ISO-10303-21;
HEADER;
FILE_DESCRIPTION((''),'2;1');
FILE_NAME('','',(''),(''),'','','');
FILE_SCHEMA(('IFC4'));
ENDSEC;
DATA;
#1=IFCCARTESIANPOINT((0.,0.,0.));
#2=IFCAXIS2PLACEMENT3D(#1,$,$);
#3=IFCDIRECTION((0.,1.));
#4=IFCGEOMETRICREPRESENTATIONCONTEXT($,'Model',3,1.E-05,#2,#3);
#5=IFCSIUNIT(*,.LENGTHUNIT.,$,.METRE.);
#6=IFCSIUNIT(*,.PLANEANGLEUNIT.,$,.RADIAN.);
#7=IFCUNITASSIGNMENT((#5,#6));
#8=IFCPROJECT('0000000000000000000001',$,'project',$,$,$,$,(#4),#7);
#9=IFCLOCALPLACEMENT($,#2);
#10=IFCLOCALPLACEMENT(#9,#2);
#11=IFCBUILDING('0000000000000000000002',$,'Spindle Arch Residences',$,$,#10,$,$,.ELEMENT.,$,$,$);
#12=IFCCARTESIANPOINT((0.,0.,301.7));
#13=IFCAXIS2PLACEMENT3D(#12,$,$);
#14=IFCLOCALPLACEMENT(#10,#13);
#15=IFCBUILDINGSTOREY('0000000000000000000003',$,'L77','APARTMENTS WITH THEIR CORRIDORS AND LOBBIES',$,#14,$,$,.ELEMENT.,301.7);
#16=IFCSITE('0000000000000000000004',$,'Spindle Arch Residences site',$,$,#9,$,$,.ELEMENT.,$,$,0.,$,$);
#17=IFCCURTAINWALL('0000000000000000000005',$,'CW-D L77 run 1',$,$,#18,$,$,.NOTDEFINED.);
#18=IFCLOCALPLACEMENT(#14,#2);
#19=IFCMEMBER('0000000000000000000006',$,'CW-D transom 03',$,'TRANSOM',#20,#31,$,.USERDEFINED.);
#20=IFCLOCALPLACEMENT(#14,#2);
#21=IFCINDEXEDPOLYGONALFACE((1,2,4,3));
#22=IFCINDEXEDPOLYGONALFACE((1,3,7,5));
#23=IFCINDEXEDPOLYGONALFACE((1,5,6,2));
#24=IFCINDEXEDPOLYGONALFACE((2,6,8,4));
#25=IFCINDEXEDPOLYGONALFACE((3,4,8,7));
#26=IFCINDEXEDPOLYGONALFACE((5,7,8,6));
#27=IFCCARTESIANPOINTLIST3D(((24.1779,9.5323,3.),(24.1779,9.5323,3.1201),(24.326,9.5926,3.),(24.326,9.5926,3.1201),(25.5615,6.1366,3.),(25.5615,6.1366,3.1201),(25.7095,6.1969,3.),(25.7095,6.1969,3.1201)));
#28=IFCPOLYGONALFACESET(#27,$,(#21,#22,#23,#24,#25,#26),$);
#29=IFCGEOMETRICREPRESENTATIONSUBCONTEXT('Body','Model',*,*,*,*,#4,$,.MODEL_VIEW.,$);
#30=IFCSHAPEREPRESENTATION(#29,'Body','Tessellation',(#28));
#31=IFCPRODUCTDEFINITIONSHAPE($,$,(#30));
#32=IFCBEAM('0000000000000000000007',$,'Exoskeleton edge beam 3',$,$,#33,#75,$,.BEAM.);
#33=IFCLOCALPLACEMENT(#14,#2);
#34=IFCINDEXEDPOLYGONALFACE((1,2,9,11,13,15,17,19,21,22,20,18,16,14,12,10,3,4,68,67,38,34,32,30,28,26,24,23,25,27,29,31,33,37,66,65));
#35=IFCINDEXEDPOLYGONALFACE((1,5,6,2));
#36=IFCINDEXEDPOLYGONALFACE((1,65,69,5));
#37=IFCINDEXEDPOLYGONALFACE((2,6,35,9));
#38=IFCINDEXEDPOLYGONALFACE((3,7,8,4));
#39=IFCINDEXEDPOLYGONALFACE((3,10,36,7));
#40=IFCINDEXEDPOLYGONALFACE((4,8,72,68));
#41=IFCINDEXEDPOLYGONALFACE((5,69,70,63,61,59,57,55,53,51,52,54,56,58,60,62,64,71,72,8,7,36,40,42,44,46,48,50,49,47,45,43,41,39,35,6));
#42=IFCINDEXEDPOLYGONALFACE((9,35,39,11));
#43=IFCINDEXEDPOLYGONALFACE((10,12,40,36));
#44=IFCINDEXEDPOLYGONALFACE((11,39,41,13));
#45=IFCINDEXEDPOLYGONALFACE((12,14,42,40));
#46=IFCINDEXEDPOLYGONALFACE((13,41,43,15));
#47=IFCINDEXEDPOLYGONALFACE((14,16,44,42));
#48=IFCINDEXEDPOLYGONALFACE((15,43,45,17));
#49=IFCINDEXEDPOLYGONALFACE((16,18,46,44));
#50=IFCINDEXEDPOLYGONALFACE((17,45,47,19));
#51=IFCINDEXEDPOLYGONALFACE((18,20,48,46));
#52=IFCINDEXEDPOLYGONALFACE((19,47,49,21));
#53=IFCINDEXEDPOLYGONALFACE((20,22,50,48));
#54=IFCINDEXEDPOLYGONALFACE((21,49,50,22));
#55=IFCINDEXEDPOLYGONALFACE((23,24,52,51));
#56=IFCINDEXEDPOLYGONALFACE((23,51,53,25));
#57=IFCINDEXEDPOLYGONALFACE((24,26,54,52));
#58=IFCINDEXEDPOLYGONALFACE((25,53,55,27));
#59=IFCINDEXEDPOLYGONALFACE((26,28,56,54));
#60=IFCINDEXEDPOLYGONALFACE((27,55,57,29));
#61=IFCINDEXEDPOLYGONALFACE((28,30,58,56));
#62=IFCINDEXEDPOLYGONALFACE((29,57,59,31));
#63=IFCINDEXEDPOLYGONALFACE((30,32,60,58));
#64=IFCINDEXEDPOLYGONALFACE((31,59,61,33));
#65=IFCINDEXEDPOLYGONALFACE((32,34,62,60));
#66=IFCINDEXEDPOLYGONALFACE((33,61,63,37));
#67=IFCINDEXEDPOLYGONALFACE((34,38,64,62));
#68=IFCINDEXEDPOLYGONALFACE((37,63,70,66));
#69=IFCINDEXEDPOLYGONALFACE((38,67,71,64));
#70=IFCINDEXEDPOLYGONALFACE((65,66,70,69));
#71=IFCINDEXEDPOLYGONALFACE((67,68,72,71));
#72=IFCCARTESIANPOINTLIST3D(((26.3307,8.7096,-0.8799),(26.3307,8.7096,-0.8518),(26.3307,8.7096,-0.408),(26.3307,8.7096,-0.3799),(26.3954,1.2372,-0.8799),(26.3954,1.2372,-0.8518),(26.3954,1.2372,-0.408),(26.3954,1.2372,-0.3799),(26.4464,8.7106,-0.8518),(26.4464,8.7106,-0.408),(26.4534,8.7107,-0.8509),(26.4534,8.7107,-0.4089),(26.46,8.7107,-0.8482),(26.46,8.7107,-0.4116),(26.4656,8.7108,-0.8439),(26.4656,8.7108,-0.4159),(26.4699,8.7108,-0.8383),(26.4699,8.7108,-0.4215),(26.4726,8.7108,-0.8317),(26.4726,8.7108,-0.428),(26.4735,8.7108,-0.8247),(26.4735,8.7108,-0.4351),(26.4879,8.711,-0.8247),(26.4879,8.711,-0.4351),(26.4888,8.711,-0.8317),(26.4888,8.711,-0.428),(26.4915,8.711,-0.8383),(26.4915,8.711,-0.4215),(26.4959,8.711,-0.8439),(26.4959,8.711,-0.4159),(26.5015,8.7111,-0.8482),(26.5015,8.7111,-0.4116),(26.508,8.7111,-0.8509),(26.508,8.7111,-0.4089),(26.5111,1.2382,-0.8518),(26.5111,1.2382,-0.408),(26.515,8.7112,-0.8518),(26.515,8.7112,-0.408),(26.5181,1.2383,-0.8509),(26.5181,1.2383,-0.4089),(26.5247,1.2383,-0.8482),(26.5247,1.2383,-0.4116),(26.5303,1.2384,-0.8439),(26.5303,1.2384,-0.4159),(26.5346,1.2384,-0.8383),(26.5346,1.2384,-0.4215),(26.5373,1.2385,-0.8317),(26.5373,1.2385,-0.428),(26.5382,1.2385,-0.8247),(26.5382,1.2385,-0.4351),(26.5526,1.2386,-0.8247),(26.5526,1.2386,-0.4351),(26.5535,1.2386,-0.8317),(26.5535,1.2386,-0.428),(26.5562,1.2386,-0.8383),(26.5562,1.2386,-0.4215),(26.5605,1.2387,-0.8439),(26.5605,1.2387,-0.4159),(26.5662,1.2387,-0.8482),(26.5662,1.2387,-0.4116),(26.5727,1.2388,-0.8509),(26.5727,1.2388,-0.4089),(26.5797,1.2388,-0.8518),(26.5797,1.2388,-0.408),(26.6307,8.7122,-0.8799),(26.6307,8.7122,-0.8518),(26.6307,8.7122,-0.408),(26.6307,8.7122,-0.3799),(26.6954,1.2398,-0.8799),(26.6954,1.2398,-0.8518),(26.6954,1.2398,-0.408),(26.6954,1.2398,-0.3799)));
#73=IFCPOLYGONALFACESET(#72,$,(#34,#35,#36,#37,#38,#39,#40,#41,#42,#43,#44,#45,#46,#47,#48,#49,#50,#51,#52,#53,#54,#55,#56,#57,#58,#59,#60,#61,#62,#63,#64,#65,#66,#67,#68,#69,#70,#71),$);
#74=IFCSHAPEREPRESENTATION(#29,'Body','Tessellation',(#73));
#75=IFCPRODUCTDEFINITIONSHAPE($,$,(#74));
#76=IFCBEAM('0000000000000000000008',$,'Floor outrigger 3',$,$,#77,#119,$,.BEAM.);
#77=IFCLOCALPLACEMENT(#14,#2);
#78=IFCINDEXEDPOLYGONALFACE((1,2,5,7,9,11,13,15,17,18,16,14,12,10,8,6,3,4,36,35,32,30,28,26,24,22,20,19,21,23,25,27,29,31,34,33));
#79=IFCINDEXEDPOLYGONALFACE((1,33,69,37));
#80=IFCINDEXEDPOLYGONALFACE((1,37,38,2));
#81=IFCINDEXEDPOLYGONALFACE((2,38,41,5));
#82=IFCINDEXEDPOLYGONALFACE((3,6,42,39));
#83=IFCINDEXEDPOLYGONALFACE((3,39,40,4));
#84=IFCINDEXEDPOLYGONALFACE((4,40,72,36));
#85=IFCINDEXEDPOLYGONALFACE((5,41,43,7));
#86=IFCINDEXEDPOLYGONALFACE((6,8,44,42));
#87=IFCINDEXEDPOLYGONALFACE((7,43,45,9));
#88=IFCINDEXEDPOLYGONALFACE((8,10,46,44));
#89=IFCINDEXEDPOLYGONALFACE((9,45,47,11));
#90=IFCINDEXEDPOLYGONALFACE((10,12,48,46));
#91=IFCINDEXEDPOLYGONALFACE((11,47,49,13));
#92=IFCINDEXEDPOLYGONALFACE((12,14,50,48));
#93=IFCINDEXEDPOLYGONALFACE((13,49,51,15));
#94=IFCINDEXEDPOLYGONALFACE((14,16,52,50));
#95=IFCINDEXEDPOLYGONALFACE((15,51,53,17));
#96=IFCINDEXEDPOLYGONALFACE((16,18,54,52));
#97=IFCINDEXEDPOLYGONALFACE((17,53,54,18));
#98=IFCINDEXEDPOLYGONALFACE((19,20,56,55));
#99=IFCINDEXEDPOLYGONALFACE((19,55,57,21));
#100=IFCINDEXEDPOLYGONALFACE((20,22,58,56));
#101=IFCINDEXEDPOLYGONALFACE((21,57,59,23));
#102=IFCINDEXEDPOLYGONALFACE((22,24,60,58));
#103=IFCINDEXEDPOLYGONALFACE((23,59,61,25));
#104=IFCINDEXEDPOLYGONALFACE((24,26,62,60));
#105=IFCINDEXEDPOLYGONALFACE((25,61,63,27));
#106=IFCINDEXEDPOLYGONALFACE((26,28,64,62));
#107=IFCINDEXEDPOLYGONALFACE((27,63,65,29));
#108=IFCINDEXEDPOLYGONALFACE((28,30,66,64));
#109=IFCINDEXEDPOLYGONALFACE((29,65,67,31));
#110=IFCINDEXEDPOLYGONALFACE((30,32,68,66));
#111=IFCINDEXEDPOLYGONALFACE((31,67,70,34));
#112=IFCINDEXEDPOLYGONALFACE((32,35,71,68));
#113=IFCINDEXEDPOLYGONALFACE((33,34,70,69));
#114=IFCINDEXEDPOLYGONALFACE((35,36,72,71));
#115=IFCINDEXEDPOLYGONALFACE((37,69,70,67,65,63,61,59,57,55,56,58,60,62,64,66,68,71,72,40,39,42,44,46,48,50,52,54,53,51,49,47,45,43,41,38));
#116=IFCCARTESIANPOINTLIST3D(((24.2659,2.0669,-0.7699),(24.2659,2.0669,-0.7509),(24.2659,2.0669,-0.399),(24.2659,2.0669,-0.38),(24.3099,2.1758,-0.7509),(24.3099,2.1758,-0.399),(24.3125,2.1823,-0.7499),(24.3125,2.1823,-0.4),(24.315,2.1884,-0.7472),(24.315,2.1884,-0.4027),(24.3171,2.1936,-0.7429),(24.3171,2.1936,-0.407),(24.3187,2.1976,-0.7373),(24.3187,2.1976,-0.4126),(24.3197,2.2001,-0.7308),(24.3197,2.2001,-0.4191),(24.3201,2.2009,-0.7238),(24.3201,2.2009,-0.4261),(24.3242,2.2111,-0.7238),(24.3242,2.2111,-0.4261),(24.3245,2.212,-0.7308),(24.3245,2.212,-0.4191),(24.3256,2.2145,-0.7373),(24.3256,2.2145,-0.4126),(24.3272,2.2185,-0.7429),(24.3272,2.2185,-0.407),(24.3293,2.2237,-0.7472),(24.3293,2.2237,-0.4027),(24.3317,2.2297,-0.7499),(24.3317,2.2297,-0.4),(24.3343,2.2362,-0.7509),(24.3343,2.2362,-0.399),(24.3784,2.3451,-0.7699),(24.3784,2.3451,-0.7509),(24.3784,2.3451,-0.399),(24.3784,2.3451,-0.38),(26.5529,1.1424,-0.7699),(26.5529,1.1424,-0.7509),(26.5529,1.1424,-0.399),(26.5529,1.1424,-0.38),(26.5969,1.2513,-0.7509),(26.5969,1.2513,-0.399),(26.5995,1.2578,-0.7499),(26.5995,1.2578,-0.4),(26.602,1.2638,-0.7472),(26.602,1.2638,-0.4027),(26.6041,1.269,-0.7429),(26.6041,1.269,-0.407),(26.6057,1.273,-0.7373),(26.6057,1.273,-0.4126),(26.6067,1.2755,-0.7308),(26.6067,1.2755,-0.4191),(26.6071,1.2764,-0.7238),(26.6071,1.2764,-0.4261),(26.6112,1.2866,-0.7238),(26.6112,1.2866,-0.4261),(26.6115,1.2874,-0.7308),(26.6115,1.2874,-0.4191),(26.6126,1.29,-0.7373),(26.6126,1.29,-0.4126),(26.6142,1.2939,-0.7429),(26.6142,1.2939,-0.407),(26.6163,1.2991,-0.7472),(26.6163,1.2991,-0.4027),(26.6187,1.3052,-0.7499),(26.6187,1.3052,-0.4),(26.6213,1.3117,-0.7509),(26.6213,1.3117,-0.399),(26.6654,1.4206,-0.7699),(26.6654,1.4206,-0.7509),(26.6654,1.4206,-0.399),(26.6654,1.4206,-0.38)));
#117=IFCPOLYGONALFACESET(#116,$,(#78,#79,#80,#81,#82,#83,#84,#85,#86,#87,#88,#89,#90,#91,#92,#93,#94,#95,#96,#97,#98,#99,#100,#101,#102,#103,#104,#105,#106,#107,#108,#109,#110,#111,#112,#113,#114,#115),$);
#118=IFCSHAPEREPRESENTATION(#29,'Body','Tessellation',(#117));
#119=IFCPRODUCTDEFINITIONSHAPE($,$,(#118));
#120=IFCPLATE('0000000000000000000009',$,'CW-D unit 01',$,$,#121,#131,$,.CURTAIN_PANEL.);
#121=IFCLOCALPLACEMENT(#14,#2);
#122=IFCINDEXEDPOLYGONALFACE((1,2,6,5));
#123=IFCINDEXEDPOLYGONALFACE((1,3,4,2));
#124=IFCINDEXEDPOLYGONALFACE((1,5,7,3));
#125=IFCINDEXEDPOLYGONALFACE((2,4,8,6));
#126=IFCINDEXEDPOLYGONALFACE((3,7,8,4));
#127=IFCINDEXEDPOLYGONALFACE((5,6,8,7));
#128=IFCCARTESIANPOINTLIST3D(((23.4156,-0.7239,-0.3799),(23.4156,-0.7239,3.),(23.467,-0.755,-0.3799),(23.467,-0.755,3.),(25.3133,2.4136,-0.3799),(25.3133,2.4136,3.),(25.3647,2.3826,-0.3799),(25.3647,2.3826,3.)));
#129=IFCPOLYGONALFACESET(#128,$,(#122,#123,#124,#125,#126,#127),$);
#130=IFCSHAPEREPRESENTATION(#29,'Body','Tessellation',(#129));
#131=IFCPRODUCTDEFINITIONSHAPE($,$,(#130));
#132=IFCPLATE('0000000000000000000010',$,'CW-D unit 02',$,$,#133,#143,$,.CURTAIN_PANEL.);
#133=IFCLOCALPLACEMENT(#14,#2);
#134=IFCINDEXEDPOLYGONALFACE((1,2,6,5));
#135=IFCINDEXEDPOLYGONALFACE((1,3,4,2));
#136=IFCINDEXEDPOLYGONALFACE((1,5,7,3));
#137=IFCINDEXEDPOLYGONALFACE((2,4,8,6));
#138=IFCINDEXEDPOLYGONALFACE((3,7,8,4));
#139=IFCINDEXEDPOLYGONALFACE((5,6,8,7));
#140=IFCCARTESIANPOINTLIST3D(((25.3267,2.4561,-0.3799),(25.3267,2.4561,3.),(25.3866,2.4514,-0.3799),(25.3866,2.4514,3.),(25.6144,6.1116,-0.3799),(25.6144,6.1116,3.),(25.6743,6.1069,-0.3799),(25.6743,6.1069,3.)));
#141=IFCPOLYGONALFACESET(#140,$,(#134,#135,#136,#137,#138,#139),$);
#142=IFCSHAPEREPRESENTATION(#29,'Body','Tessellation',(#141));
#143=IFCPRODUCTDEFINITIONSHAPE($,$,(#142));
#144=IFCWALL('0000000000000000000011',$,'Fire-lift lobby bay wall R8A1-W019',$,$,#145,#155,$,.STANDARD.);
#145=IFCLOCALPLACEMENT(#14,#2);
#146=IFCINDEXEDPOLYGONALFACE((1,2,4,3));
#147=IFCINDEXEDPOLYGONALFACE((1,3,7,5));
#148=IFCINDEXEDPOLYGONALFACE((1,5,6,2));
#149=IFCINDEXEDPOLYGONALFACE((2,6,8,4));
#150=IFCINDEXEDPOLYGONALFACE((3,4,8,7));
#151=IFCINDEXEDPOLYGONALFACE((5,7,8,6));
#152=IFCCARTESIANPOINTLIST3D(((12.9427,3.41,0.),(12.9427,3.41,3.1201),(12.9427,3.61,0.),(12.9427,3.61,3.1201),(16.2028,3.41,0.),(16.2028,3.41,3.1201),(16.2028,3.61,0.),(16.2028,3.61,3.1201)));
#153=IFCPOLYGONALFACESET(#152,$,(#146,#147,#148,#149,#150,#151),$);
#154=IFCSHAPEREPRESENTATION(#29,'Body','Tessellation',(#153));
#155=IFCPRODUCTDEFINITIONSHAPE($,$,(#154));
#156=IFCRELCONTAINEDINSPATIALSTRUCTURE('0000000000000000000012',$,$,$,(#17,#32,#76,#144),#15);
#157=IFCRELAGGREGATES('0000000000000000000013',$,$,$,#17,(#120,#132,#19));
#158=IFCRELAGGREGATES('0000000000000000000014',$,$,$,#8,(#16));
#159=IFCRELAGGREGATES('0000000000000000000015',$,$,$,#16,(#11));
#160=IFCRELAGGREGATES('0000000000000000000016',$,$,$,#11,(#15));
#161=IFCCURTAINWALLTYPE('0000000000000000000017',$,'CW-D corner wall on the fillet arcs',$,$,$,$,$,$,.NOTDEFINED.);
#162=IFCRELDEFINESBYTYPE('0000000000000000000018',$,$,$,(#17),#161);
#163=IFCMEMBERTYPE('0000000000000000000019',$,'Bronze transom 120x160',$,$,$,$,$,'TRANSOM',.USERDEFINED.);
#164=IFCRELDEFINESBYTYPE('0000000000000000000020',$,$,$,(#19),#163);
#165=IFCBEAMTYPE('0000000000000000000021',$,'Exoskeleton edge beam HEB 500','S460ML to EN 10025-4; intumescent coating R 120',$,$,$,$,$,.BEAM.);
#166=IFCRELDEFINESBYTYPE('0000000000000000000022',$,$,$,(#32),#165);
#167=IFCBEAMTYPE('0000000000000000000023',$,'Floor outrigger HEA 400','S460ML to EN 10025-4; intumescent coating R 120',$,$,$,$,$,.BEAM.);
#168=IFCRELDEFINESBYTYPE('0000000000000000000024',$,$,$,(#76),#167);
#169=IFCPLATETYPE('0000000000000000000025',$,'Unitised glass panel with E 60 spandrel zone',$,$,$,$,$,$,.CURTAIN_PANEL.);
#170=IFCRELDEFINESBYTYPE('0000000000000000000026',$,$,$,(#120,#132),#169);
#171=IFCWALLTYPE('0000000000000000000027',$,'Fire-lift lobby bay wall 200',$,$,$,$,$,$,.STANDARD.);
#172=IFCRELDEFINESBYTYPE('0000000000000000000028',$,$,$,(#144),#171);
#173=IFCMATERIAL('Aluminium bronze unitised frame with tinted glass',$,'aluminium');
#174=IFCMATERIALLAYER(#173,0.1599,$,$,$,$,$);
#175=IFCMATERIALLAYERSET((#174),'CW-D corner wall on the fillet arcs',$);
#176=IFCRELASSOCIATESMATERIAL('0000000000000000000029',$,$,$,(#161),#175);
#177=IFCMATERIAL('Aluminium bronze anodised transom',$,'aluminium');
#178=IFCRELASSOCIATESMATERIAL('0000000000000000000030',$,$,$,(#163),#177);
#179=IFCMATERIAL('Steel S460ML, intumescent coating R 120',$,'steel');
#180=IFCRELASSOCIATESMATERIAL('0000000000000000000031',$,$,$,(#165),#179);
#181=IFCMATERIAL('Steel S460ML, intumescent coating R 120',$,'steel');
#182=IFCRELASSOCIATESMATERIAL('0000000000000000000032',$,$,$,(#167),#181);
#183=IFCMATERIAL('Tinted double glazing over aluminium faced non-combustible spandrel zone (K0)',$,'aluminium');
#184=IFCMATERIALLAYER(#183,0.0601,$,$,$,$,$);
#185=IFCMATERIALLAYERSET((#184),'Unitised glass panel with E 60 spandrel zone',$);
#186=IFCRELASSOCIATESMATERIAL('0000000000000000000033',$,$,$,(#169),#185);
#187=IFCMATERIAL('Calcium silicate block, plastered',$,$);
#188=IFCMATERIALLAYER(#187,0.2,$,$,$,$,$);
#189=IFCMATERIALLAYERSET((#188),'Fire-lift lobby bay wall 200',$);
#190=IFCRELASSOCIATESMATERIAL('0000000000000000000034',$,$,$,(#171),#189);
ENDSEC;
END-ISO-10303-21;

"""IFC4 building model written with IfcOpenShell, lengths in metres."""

from ifc_helpers import new_model, si_unit, direction, frame, frame_2d, origin, origin_2d, place, context, subcontext, project, spatial, rectangle, i_section, extrude, material, layer, layer_set, material_profile, profile_set, type_object, element, aggregate, save


model = new_model("IFC4")

# Units and contexts
model_context = context("Model", 3, precision=1e-05, world=origin(), true_north=direction((0.0, 1.0)))
body_context = subcontext(model_context, "Body", "Model", "MODEL_VIEW")
ifc_project = project(units=[si_unit("LENGTHUNIT", "METRE"), si_unit("PLANEANGLEUNIT", "RADIAN")], contexts=[model_context])

# Site, building, storey
site_placement = place(None, origin())
site = spatial("IfcSite", under=ifc_project, at=site_placement, Name="Spindle Arch Residences site", CompositionType="ELEMENT", RefElevation=0.0)
building_placement = place(site_placement, origin())
building = spatial("IfcBuilding", under=site, at=building_placement, Name="Spindle Arch Residences", CompositionType="ELEMENT")
storey_placement = place(building_placement, frame((0.0, 0.0, 301.7)))
storey = spatial("IfcBuildingStorey", under=building, at=storey_placement, Name="L77", Description="APARTMENTS WITH THEIR CORRIDORS AND LOBBIES", CompositionType="ELEMENT", Elevation=301.7)

# Curtain wall, member
ifc_material_1 = material(Name="Aluminium bronze unitised frame with tinted glass", Category="aluminium")
ifc_layer_1 = layer(ifc_material_1, 0.1599)
ifc_layer_set_1 = layer_set([ifc_layer_1], Name="CW-D corner wall on the fillet arcs")
curtain_wall_type = type_object("IfcCurtainWallType", Name="CW-D corner wall on the fillet arcs", PredefinedType="NOTDEFINED", material=ifc_layer_set_1)
curtain_wall_placement = place(storey_placement, origin())
curtain_wall = element("IfcCurtainWall", 1, at=curtain_wall_placement, inside=storey, type_object=curtain_wall_type, Name="CW-D L77 run 1", PredefinedType="NOTDEFINED")
ifc_material_2 = material(Name="Aluminium bronze anodised transom", Category="aluminium")
ifc_material_profile_1 = material_profile(ifc_material_2, rectangle(XDim=0.1599, YDim=0.1201, at=origin_2d()), Name="TR 120x160")
ifc_profile_set_1 = profile_set([ifc_material_profile_1], Name="Aluminium bronze anodised transom")
member_type_1 = type_object("IfcMemberType", Name="Bronze transom 120x160", ElementType="TRANSOM", PredefinedType="USERDEFINED", material=ifc_profile_set_1)
member_1_placement = place(storey_placement, frame((25.6355, 6.1667, 3.0601), z_axis=(-0.377318, 0.926084, 0.0), x_axis=(-0.926084, -0.377318, 0.0)))
member_1 = element("IfcMember", 2, at=member_1_placement, type_object=member_type_1, Name="CW-D transom 03", ObjectType="TRANSOM", PredefinedType="USERDEFINED", context=body_context, shape_type="SweptSolid", body=[
    extrude(rectangle(XDim=0.1599, YDim=0.1201, at=origin_2d()), origin(), (0.0, 0.0, 1.0), 3.6667),
])

# Beams
ifc_material_3 = material(Name="Steel S460ML, intumescent coating R 120", Category="steel")
ifc_material_profile_2 = material_profile(ifc_material_3, i_section(OverallWidth=0.3, OverallDepth=0.5, WebThickness=0.0144, FlangeThickness=0.0281, FilletRadius=0.0271, at=origin_2d()), Name="HEB 500")
ifc_profile_set_2 = profile_set([ifc_material_profile_2], Name="Steel S460ML, intumescent coating R 120")
beam_type_1 = type_object("IfcBeamType", Name="Exoskeleton edge beam HEB 500", Description="S460ML to EN 10025-4; intumescent coating R 120", PredefinedType="BEAM", material=ifc_profile_set_2)
beam_1_placement = place(storey_placement, frame((26.5454, 1.2385, -0.6299), z_axis=(-0.008658, 0.999963, 0.0), x_axis=(-0.999963, -0.008658, 0.0)))
element("IfcBeam", 3, at=beam_1_placement, inside=storey, type_object=beam_type_1, Name="Exoskeleton edge beam 3", PredefinedType="BEAM", context=body_context, shape_type="SweptSolid", body=[
    extrude(i_section(OverallWidth=0.3, OverallDepth=0.5, WebThickness=0.0144, FlangeThickness=0.0281, FilletRadius=0.0271, at=origin_2d()), origin(), (0.0, 0.0, 1.0), 7.4727),
])
ifc_material_4 = material(Name="Steel S460ML, intumescent coating R 120", Category="steel")
ifc_material_profile_3 = material_profile(ifc_material_4, i_section(OverallWidth=0.3, OverallDepth=0.3899, WebThickness=0.011, FlangeThickness=0.019, FilletRadius=0.0271, at=origin_2d()), Name="HEA 400")
ifc_profile_set_3 = profile_set([ifc_material_profile_3], Name="Steel S460ML, intumescent coating R 120")
beam_type_2 = type_object("IfcBeamType", Name="Floor outrigger HEA 400", Description="S460ML to EN 10025-4; intumescent coating R 120", PredefinedType="BEAM", material=ifc_profile_set_3)
beam_2_placement = place(storey_placement, frame((26.6091, 1.2815, -0.575), z_axis=(-0.927112, 0.374784, 0.0), x_axis=(-0.374784, -0.927112, 0.0)))
element("IfcBeam", 4, at=beam_2_placement, inside=storey, type_object=beam_type_2, Name="Floor outrigger 3", PredefinedType="BEAM", context=body_context, shape_type="SweptSolid", body=[
    extrude(i_section(OverallWidth=0.3, OverallDepth=0.3899, WebThickness=0.011, FlangeThickness=0.019, FilletRadius=0.0271, at=origin_2d()), origin(), (0.0, 0.0, 1.0), 2.4668),
])

# Plates
ifc_material_5 = material(Name="Tinted double glazing over aluminium faced non-combustible spandrel zone (K0)", Category="aluminium")
ifc_layer_2 = layer(ifc_material_5, 0.0601)
ifc_layer_set_2 = layer_set([ifc_layer_2], Name="Unitised glass panel with E 60 spandrel zone")
plate_type = type_object("IfcPlateType", Name="Unitised glass panel with E 60 spandrel zone", PredefinedType="CURTAIN_PANEL", material=ifc_layer_set_2)
plate_1_placement = place(storey_placement, frame((24.3901, 0.8293, -0.3799), z_axis=(0.0, 0.0, 1.0), x_axis=(0.517529, 0.855665, 0.0)))
plate_1 = element("IfcPlate", 5, at=plate_1_placement, type_object=plate_type, Name="CW-D unit 01", PredefinedType="CURTAIN_PANEL", context=body_context, shape_type="SweptSolid", body=[
    extrude(rectangle(XDim=3.6667, YDim=0.0601, at=origin_2d()), origin(), (0.0, 0.0, 1.0), 3.3799),
])
plate_2_placement = place(storey_placement, frame((25.5005, 4.2815, -0.3799), z_axis=(0.0, 0.0, 1.0), x_axis=(0.078459, 0.996917, 0.0)))
plate_2 = element("IfcPlate", 6, at=plate_2_placement, type_object=plate_type, Name="CW-D unit 02", PredefinedType="CURTAIN_PANEL", context=body_context, shape_type="SweptSolid", body=[
    extrude(rectangle(XDim=3.6667, YDim=0.0601, at=origin_2d()), origin(), (0.0, 0.0, 1.0), 3.3799),
])
aggregate(curtain_wall, [plate_1, plate_2, member_1])

# Wall
ifc_material_6 = material(Name="Calcium silicate block, plastered")
ifc_layer_3 = layer(ifc_material_6, 0.2)
ifc_layer_set_3 = layer_set([ifc_layer_3], Name="Fire-lift lobby bay wall 200")
wall_type_1 = type_object("IfcWallType", Name="Fire-lift lobby bay wall 200", PredefinedType="STANDARD", material=ifc_layer_set_3)
wall_1_placement = place(storey_placement, frame((16.2026, 3.51, 0.0), z_axis=(0.0, 0.0, 1.0), x_axis=(-1.0, 0.0, 0.0)))
element("IfcWall", 7, at=wall_1_placement, inside=storey, type_object=wall_type_1, Name="Fire-lift lobby bay wall R8A1-W019", PredefinedType="STANDARD", context=body_context, shape_type="SweptSolid", body=[
    extrude(rectangle(XDim=3.26, YDim=0.2, at=frame_2d((1.6299, 0.0))), origin(), (0.0, 0.0, 1.0), 3.1201),
])

save(model, "model.ifc")
